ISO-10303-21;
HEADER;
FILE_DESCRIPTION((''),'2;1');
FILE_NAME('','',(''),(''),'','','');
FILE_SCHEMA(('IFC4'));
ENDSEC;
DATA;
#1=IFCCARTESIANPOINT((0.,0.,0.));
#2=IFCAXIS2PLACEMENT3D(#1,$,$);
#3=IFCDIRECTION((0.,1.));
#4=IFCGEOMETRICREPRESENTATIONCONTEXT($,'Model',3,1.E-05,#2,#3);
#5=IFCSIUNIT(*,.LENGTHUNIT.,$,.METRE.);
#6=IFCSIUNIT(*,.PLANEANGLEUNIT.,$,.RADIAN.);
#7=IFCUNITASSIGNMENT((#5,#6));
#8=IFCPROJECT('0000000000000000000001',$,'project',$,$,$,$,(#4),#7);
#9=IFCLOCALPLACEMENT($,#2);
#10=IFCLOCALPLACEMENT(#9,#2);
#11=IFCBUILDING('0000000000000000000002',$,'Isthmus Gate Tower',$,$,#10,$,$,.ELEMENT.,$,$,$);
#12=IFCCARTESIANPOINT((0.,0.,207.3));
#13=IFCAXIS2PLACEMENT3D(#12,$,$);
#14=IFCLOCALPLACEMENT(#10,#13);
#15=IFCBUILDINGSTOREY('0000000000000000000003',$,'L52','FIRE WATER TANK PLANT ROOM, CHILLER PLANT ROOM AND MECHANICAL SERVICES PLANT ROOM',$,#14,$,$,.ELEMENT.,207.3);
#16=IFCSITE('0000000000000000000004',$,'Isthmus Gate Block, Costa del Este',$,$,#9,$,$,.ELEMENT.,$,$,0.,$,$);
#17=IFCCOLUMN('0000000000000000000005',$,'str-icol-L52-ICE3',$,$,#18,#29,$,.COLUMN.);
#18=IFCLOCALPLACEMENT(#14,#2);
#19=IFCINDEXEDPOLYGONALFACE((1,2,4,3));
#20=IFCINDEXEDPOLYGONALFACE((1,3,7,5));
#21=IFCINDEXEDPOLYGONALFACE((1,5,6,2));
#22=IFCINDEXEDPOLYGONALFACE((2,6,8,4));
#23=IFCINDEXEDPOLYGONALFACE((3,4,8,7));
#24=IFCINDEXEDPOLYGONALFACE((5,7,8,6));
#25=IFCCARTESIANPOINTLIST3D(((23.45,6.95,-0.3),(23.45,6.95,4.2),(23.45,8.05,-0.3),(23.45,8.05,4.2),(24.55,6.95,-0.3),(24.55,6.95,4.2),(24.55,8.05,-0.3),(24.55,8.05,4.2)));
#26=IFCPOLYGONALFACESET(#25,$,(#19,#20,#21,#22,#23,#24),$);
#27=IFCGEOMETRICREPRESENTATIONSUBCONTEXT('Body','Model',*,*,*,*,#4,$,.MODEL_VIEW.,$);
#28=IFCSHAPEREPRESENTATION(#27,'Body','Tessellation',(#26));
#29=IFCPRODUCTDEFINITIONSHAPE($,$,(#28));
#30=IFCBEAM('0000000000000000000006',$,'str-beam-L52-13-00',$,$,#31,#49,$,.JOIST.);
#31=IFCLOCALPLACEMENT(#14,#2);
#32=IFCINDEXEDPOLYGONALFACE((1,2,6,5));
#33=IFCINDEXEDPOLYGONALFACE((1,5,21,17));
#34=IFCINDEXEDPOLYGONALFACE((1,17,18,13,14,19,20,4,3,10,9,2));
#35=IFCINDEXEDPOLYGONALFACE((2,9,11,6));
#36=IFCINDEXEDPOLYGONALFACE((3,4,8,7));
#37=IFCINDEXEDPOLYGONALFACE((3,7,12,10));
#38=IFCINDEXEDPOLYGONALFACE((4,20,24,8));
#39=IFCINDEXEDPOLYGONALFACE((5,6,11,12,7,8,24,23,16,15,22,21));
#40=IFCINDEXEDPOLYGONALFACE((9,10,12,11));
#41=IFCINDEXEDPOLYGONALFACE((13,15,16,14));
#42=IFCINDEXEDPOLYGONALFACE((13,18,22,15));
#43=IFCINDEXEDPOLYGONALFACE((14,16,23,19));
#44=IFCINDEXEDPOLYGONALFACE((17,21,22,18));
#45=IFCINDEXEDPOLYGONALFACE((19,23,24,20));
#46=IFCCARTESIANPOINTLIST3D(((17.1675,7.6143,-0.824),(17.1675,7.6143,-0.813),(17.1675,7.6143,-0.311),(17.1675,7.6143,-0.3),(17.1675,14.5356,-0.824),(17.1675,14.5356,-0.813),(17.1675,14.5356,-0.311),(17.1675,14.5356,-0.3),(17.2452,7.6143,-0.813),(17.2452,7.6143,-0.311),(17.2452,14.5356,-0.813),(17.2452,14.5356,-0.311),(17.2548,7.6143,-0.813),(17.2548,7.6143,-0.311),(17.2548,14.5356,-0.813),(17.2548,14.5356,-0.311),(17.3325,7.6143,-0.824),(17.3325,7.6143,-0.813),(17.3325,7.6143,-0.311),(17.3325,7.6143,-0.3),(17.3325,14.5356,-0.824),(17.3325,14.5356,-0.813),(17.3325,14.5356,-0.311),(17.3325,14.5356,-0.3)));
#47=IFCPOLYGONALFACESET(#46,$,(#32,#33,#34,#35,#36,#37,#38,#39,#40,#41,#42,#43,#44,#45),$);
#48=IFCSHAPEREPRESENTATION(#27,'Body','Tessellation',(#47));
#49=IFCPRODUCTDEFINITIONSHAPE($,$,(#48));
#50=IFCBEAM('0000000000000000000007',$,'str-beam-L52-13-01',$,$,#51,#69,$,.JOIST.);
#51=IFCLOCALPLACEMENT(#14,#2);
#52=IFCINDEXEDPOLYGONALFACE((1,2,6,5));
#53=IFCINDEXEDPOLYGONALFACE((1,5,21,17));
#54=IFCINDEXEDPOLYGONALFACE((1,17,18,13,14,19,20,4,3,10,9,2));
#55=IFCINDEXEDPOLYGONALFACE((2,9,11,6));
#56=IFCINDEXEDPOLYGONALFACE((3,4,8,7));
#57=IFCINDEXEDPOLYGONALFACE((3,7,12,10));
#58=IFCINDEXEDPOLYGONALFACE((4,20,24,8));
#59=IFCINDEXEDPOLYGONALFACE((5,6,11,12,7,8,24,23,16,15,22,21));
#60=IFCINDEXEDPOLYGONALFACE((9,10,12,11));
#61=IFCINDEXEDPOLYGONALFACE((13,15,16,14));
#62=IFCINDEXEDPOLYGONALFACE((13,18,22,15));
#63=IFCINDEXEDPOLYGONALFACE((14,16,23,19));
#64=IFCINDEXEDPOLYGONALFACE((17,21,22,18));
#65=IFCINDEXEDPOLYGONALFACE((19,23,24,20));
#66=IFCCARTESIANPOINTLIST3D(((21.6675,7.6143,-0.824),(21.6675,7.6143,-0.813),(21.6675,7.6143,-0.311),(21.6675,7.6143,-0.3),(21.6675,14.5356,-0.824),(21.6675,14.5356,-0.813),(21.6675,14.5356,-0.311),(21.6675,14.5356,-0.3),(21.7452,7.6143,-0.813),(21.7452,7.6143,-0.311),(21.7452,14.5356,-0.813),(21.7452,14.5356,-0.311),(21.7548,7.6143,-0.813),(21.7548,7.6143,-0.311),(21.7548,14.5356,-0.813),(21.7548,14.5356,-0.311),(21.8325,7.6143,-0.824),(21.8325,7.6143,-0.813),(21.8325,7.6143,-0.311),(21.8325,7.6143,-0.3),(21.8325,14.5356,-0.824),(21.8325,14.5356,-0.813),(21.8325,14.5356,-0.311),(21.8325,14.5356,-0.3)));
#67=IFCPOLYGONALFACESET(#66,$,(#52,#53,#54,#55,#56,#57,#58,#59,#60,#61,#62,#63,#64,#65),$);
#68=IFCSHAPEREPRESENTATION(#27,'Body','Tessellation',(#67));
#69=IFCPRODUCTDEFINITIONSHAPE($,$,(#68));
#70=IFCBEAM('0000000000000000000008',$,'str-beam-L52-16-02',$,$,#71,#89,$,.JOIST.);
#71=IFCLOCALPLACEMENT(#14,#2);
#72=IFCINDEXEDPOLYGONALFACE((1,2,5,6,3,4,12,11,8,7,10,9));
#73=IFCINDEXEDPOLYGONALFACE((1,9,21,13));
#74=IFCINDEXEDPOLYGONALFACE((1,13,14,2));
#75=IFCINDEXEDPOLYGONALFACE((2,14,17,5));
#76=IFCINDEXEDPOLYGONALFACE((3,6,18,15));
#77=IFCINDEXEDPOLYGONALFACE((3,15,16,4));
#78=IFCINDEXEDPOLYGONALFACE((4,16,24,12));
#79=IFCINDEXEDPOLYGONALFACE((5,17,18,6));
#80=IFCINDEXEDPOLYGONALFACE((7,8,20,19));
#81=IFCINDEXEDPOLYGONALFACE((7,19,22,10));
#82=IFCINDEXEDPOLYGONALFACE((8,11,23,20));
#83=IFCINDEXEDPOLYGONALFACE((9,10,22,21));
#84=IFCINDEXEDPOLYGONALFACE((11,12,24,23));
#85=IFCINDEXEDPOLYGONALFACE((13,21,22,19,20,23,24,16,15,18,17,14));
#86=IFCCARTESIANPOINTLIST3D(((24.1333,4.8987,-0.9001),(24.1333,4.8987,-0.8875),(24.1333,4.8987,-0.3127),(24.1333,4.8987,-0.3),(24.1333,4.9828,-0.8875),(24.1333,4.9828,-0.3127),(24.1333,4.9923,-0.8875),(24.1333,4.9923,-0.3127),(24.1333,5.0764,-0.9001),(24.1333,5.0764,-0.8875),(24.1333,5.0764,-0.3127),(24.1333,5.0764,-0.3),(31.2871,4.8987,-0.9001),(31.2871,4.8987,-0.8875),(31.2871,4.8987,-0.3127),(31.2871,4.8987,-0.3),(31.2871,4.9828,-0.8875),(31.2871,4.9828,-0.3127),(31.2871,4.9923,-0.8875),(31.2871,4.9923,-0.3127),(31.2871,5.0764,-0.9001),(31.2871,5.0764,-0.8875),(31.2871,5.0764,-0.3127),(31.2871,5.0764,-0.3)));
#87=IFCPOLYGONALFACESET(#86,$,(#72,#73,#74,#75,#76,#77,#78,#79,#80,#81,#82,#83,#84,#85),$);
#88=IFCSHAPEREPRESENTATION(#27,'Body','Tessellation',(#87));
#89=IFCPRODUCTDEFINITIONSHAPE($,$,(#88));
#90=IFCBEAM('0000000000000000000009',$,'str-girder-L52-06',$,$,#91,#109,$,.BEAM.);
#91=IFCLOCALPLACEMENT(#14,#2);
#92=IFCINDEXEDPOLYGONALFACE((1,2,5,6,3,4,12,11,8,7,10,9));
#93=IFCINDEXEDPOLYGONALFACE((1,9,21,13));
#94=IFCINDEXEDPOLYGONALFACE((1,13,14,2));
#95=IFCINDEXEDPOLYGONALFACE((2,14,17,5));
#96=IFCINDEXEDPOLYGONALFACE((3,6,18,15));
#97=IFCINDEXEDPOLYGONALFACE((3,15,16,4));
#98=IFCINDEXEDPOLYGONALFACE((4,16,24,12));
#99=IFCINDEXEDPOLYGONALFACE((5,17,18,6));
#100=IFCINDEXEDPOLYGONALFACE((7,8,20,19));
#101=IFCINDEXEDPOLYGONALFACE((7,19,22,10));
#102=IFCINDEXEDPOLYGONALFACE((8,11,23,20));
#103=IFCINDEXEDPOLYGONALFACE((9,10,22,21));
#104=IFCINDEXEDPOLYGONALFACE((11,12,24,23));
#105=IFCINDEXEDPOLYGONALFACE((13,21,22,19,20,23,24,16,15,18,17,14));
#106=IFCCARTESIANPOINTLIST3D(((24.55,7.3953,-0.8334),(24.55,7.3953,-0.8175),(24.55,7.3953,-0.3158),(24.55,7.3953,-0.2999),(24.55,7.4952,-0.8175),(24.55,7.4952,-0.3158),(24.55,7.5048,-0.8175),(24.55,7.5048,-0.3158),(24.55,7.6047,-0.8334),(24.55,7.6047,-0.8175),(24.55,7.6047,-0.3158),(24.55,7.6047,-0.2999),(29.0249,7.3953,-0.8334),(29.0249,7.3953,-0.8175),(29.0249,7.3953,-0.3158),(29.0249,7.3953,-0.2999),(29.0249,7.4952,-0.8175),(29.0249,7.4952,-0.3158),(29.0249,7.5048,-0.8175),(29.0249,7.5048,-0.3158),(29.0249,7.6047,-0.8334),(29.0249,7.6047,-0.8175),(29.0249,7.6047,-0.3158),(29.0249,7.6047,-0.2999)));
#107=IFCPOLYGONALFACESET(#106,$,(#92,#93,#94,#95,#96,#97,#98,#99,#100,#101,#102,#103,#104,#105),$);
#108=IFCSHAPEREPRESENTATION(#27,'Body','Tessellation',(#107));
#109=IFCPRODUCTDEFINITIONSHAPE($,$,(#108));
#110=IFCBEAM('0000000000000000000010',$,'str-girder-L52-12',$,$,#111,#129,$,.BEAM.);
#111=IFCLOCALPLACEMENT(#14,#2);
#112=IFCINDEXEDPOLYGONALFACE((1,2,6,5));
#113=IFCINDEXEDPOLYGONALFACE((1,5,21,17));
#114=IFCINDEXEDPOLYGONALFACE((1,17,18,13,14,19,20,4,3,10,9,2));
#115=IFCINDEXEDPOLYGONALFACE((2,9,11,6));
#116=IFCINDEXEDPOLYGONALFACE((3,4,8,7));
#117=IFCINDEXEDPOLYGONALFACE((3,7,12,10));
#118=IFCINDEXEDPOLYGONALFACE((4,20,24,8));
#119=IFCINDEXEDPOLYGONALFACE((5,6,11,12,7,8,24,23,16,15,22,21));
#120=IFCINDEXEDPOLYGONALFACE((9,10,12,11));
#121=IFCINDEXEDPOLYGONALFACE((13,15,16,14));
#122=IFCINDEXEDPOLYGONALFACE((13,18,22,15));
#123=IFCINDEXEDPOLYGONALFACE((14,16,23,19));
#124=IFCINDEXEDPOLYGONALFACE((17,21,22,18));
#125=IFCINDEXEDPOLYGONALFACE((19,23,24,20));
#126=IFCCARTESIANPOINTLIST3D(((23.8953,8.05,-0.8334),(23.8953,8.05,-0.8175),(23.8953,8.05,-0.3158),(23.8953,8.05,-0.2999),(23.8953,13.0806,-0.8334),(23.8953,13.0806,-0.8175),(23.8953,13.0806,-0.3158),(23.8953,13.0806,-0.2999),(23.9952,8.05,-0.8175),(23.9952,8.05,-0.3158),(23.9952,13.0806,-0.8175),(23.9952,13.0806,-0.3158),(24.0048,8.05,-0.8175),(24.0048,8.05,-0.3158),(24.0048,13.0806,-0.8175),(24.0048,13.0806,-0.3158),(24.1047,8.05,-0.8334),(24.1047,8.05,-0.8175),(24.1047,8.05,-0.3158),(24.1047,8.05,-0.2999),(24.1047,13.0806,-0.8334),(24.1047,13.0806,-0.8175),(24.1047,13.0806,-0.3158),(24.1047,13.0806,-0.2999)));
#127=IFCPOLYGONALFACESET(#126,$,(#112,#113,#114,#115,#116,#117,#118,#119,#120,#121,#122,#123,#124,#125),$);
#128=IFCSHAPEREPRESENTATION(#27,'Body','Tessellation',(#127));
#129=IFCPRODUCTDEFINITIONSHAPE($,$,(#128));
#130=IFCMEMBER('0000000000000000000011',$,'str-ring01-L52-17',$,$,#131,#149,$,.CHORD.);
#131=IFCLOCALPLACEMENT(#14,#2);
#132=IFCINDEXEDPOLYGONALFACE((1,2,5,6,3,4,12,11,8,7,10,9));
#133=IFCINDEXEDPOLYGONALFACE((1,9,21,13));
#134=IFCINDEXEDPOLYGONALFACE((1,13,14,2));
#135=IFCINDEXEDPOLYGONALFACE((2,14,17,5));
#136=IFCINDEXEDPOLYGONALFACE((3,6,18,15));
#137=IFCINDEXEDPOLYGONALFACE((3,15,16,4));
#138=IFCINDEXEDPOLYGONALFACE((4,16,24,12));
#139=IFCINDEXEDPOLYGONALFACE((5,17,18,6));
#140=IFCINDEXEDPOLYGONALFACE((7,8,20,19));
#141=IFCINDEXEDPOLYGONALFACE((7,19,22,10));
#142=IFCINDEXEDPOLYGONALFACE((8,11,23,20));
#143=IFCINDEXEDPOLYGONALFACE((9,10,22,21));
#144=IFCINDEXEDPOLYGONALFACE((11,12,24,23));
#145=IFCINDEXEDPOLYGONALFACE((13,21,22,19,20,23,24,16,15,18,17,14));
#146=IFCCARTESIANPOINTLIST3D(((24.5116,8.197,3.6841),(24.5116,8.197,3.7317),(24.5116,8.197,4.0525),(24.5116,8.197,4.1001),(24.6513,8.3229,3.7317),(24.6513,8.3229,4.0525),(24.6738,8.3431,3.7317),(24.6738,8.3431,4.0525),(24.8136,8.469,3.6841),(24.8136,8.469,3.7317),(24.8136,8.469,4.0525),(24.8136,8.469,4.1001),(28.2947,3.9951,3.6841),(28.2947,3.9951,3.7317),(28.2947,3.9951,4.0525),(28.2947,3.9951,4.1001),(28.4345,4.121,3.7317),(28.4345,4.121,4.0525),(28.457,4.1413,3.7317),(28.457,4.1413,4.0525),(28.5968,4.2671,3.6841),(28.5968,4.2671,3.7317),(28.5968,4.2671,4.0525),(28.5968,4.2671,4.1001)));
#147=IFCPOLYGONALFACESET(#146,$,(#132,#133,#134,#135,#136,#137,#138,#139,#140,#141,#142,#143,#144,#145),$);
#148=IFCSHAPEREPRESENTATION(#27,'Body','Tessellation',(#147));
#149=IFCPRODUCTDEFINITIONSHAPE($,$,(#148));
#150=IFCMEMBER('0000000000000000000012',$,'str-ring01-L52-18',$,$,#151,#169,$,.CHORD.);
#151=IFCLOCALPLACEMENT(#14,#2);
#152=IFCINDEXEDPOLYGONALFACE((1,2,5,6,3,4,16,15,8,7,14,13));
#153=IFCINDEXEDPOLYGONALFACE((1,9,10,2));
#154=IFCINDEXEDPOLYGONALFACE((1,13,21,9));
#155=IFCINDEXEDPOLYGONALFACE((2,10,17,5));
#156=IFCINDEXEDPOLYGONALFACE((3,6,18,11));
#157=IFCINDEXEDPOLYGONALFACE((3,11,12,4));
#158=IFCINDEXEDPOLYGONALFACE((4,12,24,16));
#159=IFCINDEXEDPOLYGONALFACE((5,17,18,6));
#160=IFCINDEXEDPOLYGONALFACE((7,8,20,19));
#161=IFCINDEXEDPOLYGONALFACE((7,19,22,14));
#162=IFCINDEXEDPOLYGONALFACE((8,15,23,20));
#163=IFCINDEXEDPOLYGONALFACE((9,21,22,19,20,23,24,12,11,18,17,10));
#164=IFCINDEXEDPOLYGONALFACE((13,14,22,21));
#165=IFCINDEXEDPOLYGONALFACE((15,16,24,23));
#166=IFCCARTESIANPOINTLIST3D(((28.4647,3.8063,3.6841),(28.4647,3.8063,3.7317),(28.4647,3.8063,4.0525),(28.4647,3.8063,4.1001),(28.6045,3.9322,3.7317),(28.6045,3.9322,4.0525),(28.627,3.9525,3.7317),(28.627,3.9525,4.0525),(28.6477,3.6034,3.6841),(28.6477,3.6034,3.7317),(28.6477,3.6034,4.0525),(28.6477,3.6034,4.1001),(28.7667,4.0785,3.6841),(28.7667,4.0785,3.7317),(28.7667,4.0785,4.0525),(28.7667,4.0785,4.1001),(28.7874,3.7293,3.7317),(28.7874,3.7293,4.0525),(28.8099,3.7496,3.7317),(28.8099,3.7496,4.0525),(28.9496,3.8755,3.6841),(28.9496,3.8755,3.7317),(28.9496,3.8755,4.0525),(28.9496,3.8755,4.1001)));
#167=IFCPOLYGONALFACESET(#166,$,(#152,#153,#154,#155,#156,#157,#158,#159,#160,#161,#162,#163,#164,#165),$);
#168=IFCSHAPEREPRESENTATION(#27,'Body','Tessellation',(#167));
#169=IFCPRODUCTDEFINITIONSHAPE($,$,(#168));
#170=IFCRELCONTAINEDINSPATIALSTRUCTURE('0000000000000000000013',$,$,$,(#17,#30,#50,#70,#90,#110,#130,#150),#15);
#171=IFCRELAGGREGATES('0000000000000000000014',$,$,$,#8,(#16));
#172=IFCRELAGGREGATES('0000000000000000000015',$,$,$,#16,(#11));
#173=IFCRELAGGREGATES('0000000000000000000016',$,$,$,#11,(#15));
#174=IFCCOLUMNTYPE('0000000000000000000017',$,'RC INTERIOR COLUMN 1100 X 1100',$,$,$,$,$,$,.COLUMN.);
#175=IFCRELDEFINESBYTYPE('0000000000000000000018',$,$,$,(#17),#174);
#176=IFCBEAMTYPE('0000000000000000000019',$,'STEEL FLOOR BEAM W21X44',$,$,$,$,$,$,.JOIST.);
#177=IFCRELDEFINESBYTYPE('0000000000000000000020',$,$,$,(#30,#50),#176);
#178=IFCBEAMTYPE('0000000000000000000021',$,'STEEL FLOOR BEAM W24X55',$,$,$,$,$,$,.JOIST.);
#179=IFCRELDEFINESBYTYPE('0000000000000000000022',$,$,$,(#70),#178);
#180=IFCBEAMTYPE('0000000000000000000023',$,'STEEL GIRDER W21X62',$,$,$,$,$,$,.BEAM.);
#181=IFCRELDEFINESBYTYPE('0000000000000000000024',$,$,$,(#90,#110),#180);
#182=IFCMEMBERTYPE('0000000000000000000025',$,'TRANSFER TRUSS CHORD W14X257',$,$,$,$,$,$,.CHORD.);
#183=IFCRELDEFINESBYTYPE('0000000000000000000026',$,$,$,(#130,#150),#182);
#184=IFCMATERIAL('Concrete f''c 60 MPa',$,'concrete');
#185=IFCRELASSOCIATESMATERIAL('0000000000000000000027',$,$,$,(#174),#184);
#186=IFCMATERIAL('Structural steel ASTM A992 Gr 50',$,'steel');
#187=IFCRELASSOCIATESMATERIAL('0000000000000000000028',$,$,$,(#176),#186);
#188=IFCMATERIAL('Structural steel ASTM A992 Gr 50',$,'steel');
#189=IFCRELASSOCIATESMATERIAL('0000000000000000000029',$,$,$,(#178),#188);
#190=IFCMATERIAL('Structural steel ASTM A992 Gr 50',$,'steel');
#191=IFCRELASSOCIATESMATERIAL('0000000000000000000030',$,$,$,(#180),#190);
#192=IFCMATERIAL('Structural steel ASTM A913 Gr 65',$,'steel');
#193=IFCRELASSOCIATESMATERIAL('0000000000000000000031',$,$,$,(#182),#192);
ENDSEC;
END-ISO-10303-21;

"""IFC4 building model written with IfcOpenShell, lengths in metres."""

from ifc_helpers import new_model, si_unit, direction, frame, origin, origin_2d, place, context, subcontext, project, spatial, rectangle, i_section, extrude, material, material_profile, profile_set, type_object, element, save


model = new_model("IFC4")

# Units and contexts
model_context = context("Model", 3, precision=1e-05, world=origin(), true_north=direction((0.0, 1.0)))
body_context = subcontext(model_context, "Body", "Model", "MODEL_VIEW")
ifc_project = project(units=[si_unit("LENGTHUNIT", "METRE"), si_unit("PLANEANGLEUNIT", "RADIAN")], contexts=[model_context])

# Site, building, storey
site_placement = place(None, origin())
site = spatial("IfcSite", under=ifc_project, at=site_placement, Name="Isthmus Gate Block, Costa del Este", CompositionType="ELEMENT", RefElevation=0.0)
building_placement = place(site_placement, origin())
building = spatial("IfcBuilding", under=site, at=building_placement, Name="Isthmus Gate Tower", CompositionType="ELEMENT")
storey_placement = place(building_placement, frame((0.0, 0.0, 207.3)))
storey = spatial("IfcBuildingStorey", under=building, at=storey_placement, Name="L52", Description="FIRE WATER TANK PLANT ROOM, CHILLER PLANT ROOM AND MECHANICAL SERVICES PLANT ROOM", CompositionType="ELEMENT", Elevation=207.3)

# Column
ifc_material_1 = material(Name="Concrete f'c 60 MPa", Category="concrete")
ifc_material_profile_1 = material_profile(ifc_material_1, rectangle(XDim=1.1001, YDim=1.1001, at=origin_2d()), Name="RC 1100X1100")
ifc_profile_set_1 = profile_set([ifc_material_profile_1], Name="Concrete f'c 60 MPa")
column_type = type_object("IfcColumnType", Name="RC INTERIOR COLUMN 1100 X 1100", PredefinedType="COLUMN", material=ifc_profile_set_1)
column_placement = place(storey_placement, frame((24.0, 7.5, -0.3), z_axis=(0.0, 0.0, 1.0), x_axis=(1.0, 0.0, 0.0)))
element("IfcColumn", 1, at=column_placement, inside=storey, type_object=column_type, Name="str-icol-L52-ICE3", PredefinedType="COLUMN", context=body_context, shape_type="SweptSolid", body=[
    extrude(rectangle(XDim=1.1001, YDim=1.1001, at=origin_2d()), origin(), (0.0, 0.0, 1.0), 4.5),
])

# Beams
ifc_material_2 = material(Name="Structural steel ASTM A992 Gr 50", Category="steel")
ifc_material_profile_2 = material_profile(ifc_material_2, i_section(OverallWidth=0.165, OverallDepth=0.5239, WebThickness=0.0095, FlangeThickness=0.011, at=origin_2d()), Name="W21X44")
ifc_profile_set_2 = profile_set([ifc_material_profile_2], Name="Structural steel ASTM A992 Gr 50")
beam_type_1 = type_object("IfcBeamType", Name="STEEL FLOOR BEAM W21X44", PredefinedType="JOIST", material=ifc_profile_set_2)
for number, where, z_axis, x_axis, name in (
    (2, (17.25, 7.6143, -0.562), (0.0, 1.0, 0.0), (-1.0, 0.0, 0.0), "str-beam-L52-13-00"),
    (3, (21.75, 7.6143, -0.562), (0.0, 1.0, 0.0), (-1.0, 0.0, 0.0), "str-beam-L52-13-01"),
):
    element("IfcBeam", number, at=place(storey_placement, frame(where, z_axis=z_axis, x_axis=x_axis)), inside=storey, type_object=beam_type_1, Name=name, PredefinedType="JOIST", context=body_context, shape_type="SweptSolid", body=[
        extrude(i_section(OverallWidth=0.165, OverallDepth=0.5239, WebThickness=0.0095, FlangeThickness=0.011, at=origin_2d()), origin(), (0.0, 0.0, 1.0), 6.9214),
    ])
ifc_material_3 = material(Name="Structural steel ASTM A992 Gr 50", Category="steel")
ifc_material_profile_3 = material_profile(ifc_material_3, i_section(OverallWidth=0.1777, OverallDepth=0.6001, WebThickness=0.0095, FlangeThickness=0.0127, at=origin_2d()), Name="W24X55")
ifc_profile_set_3 = profile_set([ifc_material_profile_3], Name="Structural steel ASTM A992 Gr 50")
beam_type_2 = type_object("IfcBeamType", Name="STEEL FLOOR BEAM W24X55", PredefinedType="JOIST", material=ifc_profile_set_3)
beam_1_placement = place(storey_placement, frame((24.1333, 4.9875, -0.6001), z_axis=(1.0, 0.0, 0.0), x_axis=(0.0, 1.0, 0.0)))
element("IfcBeam", 4, at=beam_1_placement, inside=storey, type_object=beam_type_2, Name="str-beam-L52-16-02", PredefinedType="JOIST", context=body_context, shape_type="SweptSolid", body=[
    extrude(i_section(OverallWidth=0.1777, OverallDepth=0.6001, WebThickness=0.0095, FlangeThickness=0.0127, at=origin_2d()), origin(), (0.0, 0.0, 1.0), 7.1538),
])
ifc_material_4 = material(Name="Structural steel ASTM A992 Gr 50", Category="steel")
ifc_material_profile_4 = material_profile(ifc_material_4, i_section(OverallWidth=0.2095, OverallDepth=0.5334, WebThickness=0.0095, FlangeThickness=0.0159, at=origin_2d()), Name="W21X62")
ifc_profile_set_4 = profile_set([ifc_material_profile_4], Name="Structural steel ASTM A992 Gr 50")
beam_type_3 = type_object("IfcBeamType", Name="STEEL GIRDER W21X62", PredefinedType="BEAM", material=ifc_profile_set_4)
beam_2_placement = place(storey_placement, frame((24.55, 7.5, -0.5667), z_axis=(1.0, 0.0, 0.0), x_axis=(0.0, 1.0, 0.0)))
element("IfcBeam", 5, at=beam_2_placement, inside=storey, type_object=beam_type_3, Name="str-girder-L52-06", PredefinedType="BEAM", context=body_context, shape_type="SweptSolid", body=[
    extrude(i_section(OverallWidth=0.2095, OverallDepth=0.5334, WebThickness=0.0095, FlangeThickness=0.0159, at=origin_2d()), origin(), (0.0, 0.0, 1.0), 4.4749),
])
beam_3_placement = place(storey_placement, frame((24.0, 8.05, -0.5667), z_axis=(0.0, 1.0, 0.0), x_axis=(-1.0, 0.0, 0.0)))
element("IfcBeam", 6, at=beam_3_placement, inside=storey, type_object=beam_type_3, Name="str-girder-L52-12", PredefinedType="BEAM", context=body_context, shape_type="SweptSolid", body=[
    extrude(i_section(OverallWidth=0.2095, OverallDepth=0.5334, WebThickness=0.0095, FlangeThickness=0.0159, at=origin_2d()), origin(), (0.0, 0.0, 1.0), 5.0305),
])

# Members
ifc_material_5 = material(Name="Structural steel ASTM A913 Gr 65", Category="steel")
ifc_material_profile_5 = material_profile(ifc_material_5, i_section(OverallWidth=0.4065, OverallDepth=0.416, WebThickness=0.0303, FlangeThickness=0.0476, at=origin_2d()), Name="W14X257")
ifc_profile_set_5 = profile_set([ifc_material_profile_5], Name="Structural steel ASTM A913 Gr 65")
member_type_1 = type_object("IfcMemberType", Name="TRANSFER TRUSS CHORD W14X257", PredefinedType="CHORD", material=ifc_profile_set_5)
member_1_placement = place(storey_placement, frame((24.6626, 8.333, 3.8921), z_axis=(0.66911, -0.743163, 0.0), x_axis=(0.743163, 0.66911, 0.0)))
element("IfcMember", 7, at=member_1_placement, inside=storey, type_object=member_type_1, Name="str-ring01-L52-17", PredefinedType="CHORD", context=body_context, shape_type="SweptSolid", body=[
    extrude(i_section(OverallWidth=0.4065, OverallDepth=0.416, WebThickness=0.0303, FlangeThickness=0.0476, at=origin_2d()), origin(), (0.0, 0.0, 1.0), 5.6541),
])
member_2_placement = place(storey_placement, frame((28.6157, 3.9424, 3.8921), z_axis=(0.669508, -0.742805, 0.0), x_axis=(0.742805, 0.669508, 0.0)))
element("IfcMember", 8, at=member_2_placement, inside=storey, type_object=member_type_1, Name="str-ring01-L52-18", PredefinedType="CHORD", context=body_context, shape_type="SweptSolid", body=[
    extrude(i_section(OverallWidth=0.4065, OverallDepth=0.416, WebThickness=0.0303, FlangeThickness=0.0476, at=origin_2d()), origin(), (0.0, 0.0, 1.0), 0.2732),
])

save(model, "model.ifc")
